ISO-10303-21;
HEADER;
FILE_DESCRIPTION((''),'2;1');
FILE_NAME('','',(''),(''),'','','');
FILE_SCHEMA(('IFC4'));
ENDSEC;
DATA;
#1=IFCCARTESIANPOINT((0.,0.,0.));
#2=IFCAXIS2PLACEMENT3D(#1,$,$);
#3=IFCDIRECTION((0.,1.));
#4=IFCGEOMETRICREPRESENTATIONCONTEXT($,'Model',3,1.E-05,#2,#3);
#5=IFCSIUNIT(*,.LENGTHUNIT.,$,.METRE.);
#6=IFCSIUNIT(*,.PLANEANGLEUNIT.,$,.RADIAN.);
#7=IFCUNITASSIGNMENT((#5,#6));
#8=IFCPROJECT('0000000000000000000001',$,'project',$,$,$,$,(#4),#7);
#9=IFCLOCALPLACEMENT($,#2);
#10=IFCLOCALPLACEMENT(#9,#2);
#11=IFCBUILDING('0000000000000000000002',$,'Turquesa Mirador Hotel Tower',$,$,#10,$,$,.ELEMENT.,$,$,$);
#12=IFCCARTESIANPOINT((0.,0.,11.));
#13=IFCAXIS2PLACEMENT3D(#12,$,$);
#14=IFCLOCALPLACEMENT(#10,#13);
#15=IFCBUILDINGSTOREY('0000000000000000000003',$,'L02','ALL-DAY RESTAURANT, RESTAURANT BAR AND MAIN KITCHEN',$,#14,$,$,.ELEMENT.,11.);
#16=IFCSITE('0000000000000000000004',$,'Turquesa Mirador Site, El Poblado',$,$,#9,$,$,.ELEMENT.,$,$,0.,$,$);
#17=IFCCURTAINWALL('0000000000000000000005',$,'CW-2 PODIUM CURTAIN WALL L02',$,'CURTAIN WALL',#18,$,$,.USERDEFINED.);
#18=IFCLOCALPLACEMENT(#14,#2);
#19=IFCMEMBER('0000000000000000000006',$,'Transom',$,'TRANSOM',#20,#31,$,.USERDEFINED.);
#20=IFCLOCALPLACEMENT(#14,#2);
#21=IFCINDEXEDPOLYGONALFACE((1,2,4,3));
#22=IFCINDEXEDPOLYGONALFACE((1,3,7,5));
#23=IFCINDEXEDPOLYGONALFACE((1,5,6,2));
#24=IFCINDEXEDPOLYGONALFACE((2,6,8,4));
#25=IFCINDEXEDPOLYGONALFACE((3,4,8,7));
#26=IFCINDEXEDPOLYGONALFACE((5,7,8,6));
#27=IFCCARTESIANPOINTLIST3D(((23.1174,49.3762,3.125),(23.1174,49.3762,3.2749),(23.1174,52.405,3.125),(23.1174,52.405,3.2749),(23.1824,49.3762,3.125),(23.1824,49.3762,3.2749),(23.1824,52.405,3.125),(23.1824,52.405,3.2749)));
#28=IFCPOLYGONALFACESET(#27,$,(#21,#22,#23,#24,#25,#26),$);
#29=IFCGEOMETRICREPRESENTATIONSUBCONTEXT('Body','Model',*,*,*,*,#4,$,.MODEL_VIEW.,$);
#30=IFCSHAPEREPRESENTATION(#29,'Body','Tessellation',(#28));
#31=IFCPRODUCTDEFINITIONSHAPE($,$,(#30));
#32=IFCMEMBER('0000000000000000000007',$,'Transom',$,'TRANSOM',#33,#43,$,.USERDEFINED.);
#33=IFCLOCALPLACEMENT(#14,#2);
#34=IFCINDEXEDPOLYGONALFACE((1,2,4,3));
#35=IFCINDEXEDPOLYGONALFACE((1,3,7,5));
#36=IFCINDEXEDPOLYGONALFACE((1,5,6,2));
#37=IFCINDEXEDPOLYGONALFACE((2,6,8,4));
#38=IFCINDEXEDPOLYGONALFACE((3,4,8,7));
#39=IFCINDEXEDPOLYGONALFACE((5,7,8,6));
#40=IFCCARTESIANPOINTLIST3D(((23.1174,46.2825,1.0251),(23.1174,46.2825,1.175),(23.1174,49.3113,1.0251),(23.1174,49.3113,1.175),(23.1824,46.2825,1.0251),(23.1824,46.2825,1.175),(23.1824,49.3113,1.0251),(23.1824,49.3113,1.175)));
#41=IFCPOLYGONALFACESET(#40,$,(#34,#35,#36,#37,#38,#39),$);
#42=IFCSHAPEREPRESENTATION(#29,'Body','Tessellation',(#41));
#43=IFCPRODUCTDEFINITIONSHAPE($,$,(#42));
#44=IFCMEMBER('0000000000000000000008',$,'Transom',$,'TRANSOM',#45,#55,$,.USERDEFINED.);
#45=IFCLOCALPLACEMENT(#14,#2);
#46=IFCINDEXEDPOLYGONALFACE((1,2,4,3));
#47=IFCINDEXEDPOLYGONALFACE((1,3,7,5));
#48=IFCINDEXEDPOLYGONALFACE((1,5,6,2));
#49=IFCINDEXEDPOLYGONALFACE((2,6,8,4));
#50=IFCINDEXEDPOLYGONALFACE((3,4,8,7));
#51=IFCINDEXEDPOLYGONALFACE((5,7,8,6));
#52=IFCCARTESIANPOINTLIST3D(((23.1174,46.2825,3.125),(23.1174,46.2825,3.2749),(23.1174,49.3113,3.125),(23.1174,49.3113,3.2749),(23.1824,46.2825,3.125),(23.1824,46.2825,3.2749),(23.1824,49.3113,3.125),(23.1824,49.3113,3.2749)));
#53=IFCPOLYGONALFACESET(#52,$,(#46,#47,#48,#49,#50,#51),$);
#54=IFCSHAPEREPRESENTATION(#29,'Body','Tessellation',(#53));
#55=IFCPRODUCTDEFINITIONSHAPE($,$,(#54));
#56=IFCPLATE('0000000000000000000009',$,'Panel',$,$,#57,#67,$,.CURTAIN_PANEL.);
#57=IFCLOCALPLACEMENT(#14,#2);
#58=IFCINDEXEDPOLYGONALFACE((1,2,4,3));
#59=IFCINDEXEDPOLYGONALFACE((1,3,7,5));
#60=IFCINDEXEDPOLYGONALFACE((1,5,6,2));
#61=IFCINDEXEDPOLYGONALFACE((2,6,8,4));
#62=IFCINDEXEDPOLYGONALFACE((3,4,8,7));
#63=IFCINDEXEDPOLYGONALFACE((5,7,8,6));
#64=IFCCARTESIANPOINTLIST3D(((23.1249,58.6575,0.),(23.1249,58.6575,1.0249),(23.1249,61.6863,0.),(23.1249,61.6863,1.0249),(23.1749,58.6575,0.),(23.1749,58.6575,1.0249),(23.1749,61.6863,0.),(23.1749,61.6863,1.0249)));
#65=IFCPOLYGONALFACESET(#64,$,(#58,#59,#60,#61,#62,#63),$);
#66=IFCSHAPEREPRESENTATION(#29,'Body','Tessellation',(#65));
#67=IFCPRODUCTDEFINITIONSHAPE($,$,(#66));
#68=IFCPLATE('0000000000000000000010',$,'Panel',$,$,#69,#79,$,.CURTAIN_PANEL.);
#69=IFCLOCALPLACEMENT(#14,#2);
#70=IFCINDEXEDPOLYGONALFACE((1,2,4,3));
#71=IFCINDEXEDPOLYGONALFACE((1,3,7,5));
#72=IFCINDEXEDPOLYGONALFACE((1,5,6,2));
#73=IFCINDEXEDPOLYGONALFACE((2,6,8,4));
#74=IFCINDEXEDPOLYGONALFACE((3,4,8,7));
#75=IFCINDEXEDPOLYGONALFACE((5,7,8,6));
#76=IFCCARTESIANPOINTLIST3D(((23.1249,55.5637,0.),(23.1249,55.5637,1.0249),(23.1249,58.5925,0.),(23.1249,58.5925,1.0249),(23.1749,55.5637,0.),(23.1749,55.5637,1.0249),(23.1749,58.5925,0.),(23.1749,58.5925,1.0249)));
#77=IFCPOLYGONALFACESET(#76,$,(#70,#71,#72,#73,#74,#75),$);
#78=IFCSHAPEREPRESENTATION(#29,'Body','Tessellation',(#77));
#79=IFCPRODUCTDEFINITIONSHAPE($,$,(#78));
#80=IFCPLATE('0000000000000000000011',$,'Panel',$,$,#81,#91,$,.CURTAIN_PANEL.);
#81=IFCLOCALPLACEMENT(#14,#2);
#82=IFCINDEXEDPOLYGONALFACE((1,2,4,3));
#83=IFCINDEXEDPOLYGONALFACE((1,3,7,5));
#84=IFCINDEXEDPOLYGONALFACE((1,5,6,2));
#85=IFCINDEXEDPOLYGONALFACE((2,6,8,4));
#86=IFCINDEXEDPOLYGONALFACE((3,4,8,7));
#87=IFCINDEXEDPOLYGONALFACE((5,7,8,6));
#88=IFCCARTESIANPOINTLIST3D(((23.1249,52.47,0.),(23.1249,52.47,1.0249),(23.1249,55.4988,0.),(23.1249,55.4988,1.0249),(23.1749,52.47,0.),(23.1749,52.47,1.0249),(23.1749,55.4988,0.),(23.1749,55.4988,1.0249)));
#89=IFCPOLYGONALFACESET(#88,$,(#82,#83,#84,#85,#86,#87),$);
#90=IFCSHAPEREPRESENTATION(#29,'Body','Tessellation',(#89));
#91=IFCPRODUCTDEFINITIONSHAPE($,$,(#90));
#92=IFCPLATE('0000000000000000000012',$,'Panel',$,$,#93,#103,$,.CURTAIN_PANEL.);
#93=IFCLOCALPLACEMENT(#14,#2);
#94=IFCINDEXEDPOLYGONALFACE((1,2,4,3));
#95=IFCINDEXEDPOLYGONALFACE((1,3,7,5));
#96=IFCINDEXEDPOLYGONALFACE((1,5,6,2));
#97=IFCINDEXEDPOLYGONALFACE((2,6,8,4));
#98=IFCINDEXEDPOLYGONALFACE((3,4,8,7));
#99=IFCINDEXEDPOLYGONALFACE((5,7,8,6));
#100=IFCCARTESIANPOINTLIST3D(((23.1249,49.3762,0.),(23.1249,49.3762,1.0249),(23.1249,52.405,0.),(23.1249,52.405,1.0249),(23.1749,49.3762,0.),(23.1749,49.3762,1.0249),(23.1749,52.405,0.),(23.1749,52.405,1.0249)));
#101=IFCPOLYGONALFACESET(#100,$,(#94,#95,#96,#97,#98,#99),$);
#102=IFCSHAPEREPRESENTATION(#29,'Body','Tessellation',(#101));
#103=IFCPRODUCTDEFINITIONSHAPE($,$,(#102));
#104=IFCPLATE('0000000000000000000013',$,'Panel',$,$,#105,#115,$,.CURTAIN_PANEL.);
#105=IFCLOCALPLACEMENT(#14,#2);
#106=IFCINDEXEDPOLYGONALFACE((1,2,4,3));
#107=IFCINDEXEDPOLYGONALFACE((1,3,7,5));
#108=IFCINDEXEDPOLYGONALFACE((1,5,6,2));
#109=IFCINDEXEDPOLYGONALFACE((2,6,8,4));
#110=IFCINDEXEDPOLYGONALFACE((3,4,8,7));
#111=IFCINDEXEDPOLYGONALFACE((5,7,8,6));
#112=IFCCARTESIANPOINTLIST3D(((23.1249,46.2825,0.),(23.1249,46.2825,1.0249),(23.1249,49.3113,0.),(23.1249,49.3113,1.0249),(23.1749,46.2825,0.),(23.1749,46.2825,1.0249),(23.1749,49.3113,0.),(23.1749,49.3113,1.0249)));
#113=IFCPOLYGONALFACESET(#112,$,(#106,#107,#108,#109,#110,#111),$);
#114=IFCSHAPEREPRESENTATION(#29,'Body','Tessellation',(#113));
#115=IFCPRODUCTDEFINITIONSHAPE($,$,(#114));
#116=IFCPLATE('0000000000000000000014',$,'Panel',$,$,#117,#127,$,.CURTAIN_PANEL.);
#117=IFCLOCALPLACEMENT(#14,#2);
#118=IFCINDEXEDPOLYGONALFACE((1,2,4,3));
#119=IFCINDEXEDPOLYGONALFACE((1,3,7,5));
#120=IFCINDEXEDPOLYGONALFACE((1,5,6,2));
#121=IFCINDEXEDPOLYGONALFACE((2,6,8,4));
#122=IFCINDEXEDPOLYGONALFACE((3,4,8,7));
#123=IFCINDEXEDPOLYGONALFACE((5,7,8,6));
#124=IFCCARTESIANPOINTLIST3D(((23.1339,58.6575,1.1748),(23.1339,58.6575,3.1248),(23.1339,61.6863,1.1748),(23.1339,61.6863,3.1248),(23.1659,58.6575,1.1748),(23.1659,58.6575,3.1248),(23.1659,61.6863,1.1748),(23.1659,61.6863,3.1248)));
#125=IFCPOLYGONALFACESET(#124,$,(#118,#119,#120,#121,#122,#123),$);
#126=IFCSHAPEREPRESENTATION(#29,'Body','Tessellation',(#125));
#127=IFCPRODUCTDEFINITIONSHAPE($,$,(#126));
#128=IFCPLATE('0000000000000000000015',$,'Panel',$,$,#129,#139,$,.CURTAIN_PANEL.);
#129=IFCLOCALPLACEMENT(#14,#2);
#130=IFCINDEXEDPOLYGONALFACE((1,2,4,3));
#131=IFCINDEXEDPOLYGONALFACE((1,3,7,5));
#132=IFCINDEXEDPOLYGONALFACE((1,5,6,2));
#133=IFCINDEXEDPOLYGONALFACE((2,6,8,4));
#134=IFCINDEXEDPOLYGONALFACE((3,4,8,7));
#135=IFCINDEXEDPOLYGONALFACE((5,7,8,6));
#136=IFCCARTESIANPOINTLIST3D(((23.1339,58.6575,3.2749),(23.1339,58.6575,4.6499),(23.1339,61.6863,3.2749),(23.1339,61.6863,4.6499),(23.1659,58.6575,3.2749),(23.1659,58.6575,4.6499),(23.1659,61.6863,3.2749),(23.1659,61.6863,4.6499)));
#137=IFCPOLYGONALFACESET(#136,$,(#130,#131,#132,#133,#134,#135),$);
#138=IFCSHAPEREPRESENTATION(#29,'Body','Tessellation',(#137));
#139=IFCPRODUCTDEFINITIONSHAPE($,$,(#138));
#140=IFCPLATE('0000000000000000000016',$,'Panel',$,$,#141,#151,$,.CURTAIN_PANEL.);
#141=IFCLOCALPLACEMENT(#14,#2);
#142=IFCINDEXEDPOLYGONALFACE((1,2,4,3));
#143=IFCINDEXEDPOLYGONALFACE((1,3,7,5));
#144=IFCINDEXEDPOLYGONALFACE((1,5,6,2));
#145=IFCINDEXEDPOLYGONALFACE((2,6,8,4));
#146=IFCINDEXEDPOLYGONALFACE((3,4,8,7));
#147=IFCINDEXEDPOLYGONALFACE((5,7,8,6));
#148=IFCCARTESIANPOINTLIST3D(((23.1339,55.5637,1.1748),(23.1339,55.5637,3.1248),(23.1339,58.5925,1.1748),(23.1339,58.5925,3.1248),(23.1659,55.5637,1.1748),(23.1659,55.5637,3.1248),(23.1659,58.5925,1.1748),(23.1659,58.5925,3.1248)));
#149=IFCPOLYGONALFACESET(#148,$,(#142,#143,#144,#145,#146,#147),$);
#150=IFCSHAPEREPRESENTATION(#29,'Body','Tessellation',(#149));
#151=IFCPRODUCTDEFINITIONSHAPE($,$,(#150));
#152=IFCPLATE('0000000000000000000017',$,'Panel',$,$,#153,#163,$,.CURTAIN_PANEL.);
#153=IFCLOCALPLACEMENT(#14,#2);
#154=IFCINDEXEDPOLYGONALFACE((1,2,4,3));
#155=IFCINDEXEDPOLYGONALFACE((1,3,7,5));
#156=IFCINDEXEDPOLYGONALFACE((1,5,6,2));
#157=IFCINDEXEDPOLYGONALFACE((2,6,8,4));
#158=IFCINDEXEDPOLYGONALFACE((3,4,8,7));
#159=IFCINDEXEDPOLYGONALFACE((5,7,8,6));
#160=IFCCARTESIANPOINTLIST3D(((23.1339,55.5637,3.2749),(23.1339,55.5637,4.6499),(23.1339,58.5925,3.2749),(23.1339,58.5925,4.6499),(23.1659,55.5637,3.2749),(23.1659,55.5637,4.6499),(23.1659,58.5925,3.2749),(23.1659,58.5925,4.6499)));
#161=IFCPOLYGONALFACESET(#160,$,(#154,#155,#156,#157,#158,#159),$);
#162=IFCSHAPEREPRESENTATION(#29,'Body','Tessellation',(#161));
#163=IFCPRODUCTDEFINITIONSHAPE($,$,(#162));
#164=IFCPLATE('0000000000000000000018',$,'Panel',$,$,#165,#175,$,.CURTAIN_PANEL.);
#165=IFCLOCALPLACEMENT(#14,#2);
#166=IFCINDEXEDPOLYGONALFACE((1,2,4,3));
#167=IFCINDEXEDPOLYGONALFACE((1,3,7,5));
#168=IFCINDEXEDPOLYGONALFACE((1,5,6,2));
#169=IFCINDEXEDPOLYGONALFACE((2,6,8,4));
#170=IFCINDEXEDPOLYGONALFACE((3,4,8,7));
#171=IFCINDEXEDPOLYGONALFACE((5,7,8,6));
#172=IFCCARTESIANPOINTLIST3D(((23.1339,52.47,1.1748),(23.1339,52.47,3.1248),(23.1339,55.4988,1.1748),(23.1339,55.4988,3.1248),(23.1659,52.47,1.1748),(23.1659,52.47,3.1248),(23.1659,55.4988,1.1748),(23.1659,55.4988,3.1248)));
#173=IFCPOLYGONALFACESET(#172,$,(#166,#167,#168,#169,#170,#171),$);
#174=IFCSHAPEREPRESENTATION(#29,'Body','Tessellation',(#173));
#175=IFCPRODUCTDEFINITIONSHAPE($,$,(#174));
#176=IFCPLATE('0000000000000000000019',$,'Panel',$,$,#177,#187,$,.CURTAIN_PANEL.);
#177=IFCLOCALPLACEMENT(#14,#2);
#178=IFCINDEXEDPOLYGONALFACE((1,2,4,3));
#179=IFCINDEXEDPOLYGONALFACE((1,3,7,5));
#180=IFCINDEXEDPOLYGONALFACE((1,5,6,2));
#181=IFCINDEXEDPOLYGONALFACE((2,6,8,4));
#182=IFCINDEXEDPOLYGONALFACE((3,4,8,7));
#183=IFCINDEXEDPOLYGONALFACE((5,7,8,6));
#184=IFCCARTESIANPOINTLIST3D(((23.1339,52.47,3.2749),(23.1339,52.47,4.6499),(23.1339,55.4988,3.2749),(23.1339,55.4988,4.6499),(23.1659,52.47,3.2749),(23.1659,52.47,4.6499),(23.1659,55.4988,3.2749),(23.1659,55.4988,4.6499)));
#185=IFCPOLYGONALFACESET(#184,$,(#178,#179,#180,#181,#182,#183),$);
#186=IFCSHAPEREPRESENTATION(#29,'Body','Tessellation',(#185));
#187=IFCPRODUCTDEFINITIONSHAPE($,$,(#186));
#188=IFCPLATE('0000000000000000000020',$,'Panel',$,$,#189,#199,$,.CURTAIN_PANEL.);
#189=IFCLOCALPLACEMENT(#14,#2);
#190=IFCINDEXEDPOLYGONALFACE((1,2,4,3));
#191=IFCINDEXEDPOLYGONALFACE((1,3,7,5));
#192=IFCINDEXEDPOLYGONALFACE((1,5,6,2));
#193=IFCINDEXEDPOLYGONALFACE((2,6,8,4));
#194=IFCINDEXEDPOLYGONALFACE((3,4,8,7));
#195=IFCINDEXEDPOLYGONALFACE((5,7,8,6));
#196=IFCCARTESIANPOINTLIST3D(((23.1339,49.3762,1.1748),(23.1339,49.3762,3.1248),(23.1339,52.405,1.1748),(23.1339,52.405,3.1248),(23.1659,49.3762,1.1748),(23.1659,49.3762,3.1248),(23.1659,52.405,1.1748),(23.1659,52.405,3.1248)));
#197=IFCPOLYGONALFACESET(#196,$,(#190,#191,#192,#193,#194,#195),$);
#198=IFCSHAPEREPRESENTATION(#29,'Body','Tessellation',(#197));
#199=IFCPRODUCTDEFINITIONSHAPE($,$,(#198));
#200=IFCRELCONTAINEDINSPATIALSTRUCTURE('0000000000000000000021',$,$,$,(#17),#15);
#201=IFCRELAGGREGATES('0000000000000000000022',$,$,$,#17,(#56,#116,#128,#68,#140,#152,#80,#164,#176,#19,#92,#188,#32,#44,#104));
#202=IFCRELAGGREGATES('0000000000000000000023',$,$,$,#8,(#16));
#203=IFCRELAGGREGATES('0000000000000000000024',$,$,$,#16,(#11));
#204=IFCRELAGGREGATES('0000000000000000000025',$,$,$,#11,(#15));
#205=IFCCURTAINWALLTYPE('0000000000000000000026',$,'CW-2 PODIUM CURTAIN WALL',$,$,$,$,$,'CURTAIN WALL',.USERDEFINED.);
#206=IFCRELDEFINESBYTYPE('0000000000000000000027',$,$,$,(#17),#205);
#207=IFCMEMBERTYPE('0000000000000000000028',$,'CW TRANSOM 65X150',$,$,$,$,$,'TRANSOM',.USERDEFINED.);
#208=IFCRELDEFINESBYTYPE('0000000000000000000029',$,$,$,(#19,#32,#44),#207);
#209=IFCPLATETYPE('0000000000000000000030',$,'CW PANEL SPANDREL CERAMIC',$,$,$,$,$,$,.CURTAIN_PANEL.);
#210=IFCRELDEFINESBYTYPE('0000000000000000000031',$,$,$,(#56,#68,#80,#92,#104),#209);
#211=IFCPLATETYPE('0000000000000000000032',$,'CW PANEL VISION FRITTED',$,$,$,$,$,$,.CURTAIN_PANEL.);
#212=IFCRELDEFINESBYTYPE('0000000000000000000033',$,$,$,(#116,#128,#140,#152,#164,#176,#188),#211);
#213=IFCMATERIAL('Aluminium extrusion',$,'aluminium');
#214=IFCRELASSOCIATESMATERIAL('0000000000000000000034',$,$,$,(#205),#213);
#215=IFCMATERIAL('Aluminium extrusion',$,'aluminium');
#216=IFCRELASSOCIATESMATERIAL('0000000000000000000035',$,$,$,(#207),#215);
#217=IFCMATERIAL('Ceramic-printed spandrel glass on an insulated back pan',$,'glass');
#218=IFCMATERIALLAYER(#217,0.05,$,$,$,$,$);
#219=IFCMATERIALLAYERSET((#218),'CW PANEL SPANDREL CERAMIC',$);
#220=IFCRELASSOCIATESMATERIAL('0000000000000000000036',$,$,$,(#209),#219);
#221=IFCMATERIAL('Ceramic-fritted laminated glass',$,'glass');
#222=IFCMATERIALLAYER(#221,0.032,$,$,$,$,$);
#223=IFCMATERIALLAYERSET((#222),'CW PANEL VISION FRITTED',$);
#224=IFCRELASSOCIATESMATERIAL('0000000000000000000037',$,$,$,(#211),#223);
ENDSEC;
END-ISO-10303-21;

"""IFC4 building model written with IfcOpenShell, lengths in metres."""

from ifc_helpers import new_model, si_unit, direction, frame, origin, origin_2d, place, context, subcontext, project, spatial, rectangle, extrude, material, layer, layer_set, material_profile, profile_set, type_object, element, aggregate, save


model = new_model("IFC4")

# Units and contexts
model_context = context("Model", 3, precision=1e-05, world=origin(), true_north=direction((0.0, 1.0)))
body_context = subcontext(model_context, "Body", "Model", "MODEL_VIEW")
ifc_project = project(units=[si_unit("LENGTHUNIT", "METRE"), si_unit("PLANEANGLEUNIT", "RADIAN")], contexts=[model_context])

# Site, building, storey
site_placement = place(None, origin())
site = spatial("IfcSite", under=ifc_project, at=site_placement, Name="Turquesa Mirador Site, El Poblado", CompositionType="ELEMENT", RefElevation=0.0)
building_placement = place(site_placement, origin())
building = spatial("IfcBuilding", under=site, at=building_placement, Name="Turquesa Mirador Hotel Tower", CompositionType="ELEMENT")
storey_placement = place(building_placement, frame((0.0, 0.0, 11.0)))
storey = spatial("IfcBuildingStorey", under=building, at=storey_placement, Name="L02", Description="ALL-DAY RESTAURANT, RESTAURANT BAR AND MAIN KITCHEN", CompositionType="ELEMENT", Elevation=11.0)

# Curtain wall, members, plates
ifc_material_1 = material(Name="Aluminium extrusion", Category="aluminium")
curtain_wall_type = type_object("IfcCurtainWallType", Name="CW-2 PODIUM CURTAIN WALL", ElementType="CURTAIN WALL", PredefinedType="USERDEFINED", material=ifc_material_1)
curtain_wall_placement = place(storey_placement, origin())
curtain_wall = element("IfcCurtainWall", 1, at=curtain_wall_placement, inside=storey, type_object=curtain_wall_type, Name="CW-2 PODIUM CURTAIN WALL L02", ObjectType="CURTAIN WALL", PredefinedType="USERDEFINED")
ifc_material_2 = material(Name="Aluminium extrusion", Category="aluminium")
ifc_material_profile_1 = material_profile(ifc_material_2, rectangle(XDim=0.0649, YDim=0.1499, at=origin_2d()), Name="TRANSOM 65X150")
ifc_profile_set_1 = profile_set([ifc_material_profile_1], Name="Aluminium extrusion")
member_type_1 = type_object("IfcMemberType", Name="CW TRANSOM 65X150", ElementType="TRANSOM", PredefinedType="USERDEFINED", material=ifc_profile_set_1)
member_1_placement = place(storey_placement, frame((23.1499, 52.405, 3.2), z_axis=(0.0, -1.0, 0.0), x_axis=(1.0, 0.0, 0.0)))
member_1 = element("IfcMember", 2, at=member_1_placement, type_object=member_type_1, Name="Transom", ObjectType="TRANSOM", PredefinedType="USERDEFINED", context=body_context, shape_type="SweptSolid", body=[
    extrude(rectangle(XDim=0.0649, YDim=0.1499, at=origin_2d()), origin(), (0.0, 0.0, 1.0), 3.0288),
])
member_2_placement = place(storey_placement, frame((23.1499, 49.3113, 1.1001), z_axis=(0.0, -1.0, 0.0), x_axis=(1.0, 0.0, 0.0)))
member_2 = element("IfcMember", 3, at=member_2_placement, type_object=member_type_1, Name="Transom", ObjectType="TRANSOM", PredefinedType="USERDEFINED", context=body_context, shape_type="SweptSolid", body=[
    extrude(rectangle(XDim=0.0649, YDim=0.1499, at=origin_2d()), origin(), (0.0, 0.0, 1.0), 3.0288),
])
member_3_placement = place(storey_placement, frame((23.1499, 49.3113, 3.2), z_axis=(0.0, -1.0, 0.0), x_axis=(1.0, 0.0, 0.0)))
member_3 = element("IfcMember", 4, at=member_3_placement, type_object=member_type_1, Name="Transom", ObjectType="TRANSOM", PredefinedType="USERDEFINED", context=body_context, shape_type="SweptSolid", body=[
    extrude(rectangle(XDim=0.0649, YDim=0.1499, at=origin_2d()), origin(), (0.0, 0.0, 1.0), 3.0288),
])
ifc_material_3 = material(Name="Ceramic-printed spandrel glass on an insulated back pan", Category="glass")
ifc_layer_1 = layer(ifc_material_3, 0.05)
ifc_layer_set_1 = layer_set([ifc_layer_1], Name="CW PANEL SPANDREL CERAMIC")
plate_type_1 = type_object("IfcPlateType", Name="CW PANEL SPANDREL CERAMIC", PredefinedType="CURTAIN_PANEL", material=ifc_layer_set_1)
plate_1_placement = place(storey_placement, frame((23.1499, 60.1719, 0.0), z_axis=(0.0, 0.0, 1.0), x_axis=(0.0, -1.0, 0.0)))
plate_1 = element("IfcPlate", 5, at=plate_1_placement, type_object=plate_type_1, Name="Panel", PredefinedType="CURTAIN_PANEL", context=body_context, shape_type="SweptSolid", body=[
    extrude(rectangle(XDim=3.0288, YDim=0.05, at=origin_2d()), origin(), (0.0, 0.0, 1.0), 1.0249),
])
plate_2_placement = place(storey_placement, frame((23.1499, 57.0781, 0.0), z_axis=(0.0, 0.0, 1.0), x_axis=(0.0, -1.0, 0.0)))
plate_2 = element("IfcPlate", 6, at=plate_2_placement, type_object=plate_type_1, Name="Panel", PredefinedType="CURTAIN_PANEL", context=body_context, shape_type="SweptSolid", body=[
    extrude(rectangle(XDim=3.0288, YDim=0.05, at=origin_2d()), origin(), (0.0, 0.0, 1.0), 1.0249),
])
plate_3_placement = place(storey_placement, frame((23.1499, 53.9844, 0.0), z_axis=(0.0, 0.0, 1.0), x_axis=(0.0, -1.0, 0.0)))
plate_3 = element("IfcPlate", 7, at=plate_3_placement, type_object=plate_type_1, Name="Panel", PredefinedType="CURTAIN_PANEL", context=body_context, shape_type="SweptSolid", body=[
    extrude(rectangle(XDim=3.0288, YDim=0.05, at=origin_2d()), origin(), (0.0, 0.0, 1.0), 1.0249),
])
plate_4_placement = place(storey_placement, frame((23.1499, 50.8906, 0.0), z_axis=(0.0, 0.0, 1.0), x_axis=(0.0, -1.0, 0.0)))
plate_4 = element("IfcPlate", 8, at=plate_4_placement, type_object=plate_type_1, Name="Panel", PredefinedType="CURTAIN_PANEL", context=body_context, shape_type="SweptSolid", body=[
    extrude(rectangle(XDim=3.0288, YDim=0.05, at=origin_2d()), origin(), (0.0, 0.0, 1.0), 1.0249),
])
plate_5_placement = place(storey_placement, frame((23.1499, 47.7969, 0.0), z_axis=(0.0, 0.0, 1.0), x_axis=(0.0, -1.0, 0.0)))
plate_5 = element("IfcPlate", 9, at=plate_5_placement, type_object=plate_type_1, Name="Panel", PredefinedType="CURTAIN_PANEL", context=body_context, shape_type="SweptSolid", body=[
    extrude(rectangle(XDim=3.0288, YDim=0.05, at=origin_2d()), origin(), (0.0, 0.0, 1.0), 1.0249),
])
ifc_material_4 = material(Name="Ceramic-fritted laminated glass", Category="glass")
ifc_layer_2 = layer(ifc_material_4, 0.032)
ifc_layer_set_2 = layer_set([ifc_layer_2], Name="CW PANEL VISION FRITTED")
plate_type_2 = type_object("IfcPlateType", Name="CW PANEL VISION FRITTED", PredefinedType="CURTAIN_PANEL", material=ifc_layer_set_2)
plate_6_placement = place(storey_placement, frame((23.1499, 60.1719, 1.1748), z_axis=(0.0, 0.0, 1.0), x_axis=(0.0, -1.0, 0.0)))
plate_6 = element("IfcPlate", 10, at=plate_6_placement, type_object=plate_type_2, Name="Panel", PredefinedType="CURTAIN_PANEL", context=body_context, shape_type="SweptSolid", body=[
    extrude(rectangle(XDim=3.0288, YDim=0.032, at=origin_2d()), origin(), (0.0, 0.0, 1.0), 1.95),
])
plate_7_placement = place(storey_placement, frame((23.1499, 60.1719, 3.2749), z_axis=(0.0, 0.0, 1.0), x_axis=(0.0, -1.0, 0.0)))
plate_7 = element("IfcPlate", 11, at=plate_7_placement, type_object=plate_type_2, Name="Panel", PredefinedType="CURTAIN_PANEL", context=body_context, shape_type="SweptSolid", body=[
    extrude(rectangle(XDim=3.0288, YDim=0.032, at=origin_2d()), origin(), (0.0, 0.0, 1.0), 1.375),
])
plate_8_placement = place(storey_placement, frame((23.1499, 57.0781, 1.1748), z_axis=(0.0, 0.0, 1.0), x_axis=(0.0, -1.0, 0.0)))
plate_8 = element("IfcPlate", 12, at=plate_8_placement, type_object=plate_type_2, Name="Panel", PredefinedType="CURTAIN_PANEL", context=body_context, shape_type="SweptSolid", body=[
    extrude(rectangle(XDim=3.0288, YDim=0.032, at=origin_2d()), origin(), (0.0, 0.0, 1.0), 1.95),
])
plate_9_placement = place(storey_placement, frame((23.1499, 57.0781, 3.2749), z_axis=(0.0, 0.0, 1.0), x_axis=(0.0, -1.0, 0.0)))
plate_9 = element("IfcPlate", 13, at=plate_9_placement, type_object=plate_type_2, Name="Panel", PredefinedType="CURTAIN_PANEL", context=body_context, shape_type="SweptSolid", body=[
    extrude(rectangle(XDim=3.0288, YDim=0.032, at=origin_2d()), origin(), (0.0, 0.0, 1.0), 1.375),
])
plate_10_placement = place(storey_placement, frame((23.1499, 53.9844, 1.1748), z_axis=(0.0, 0.0, 1.0), x_axis=(0.0, -1.0, 0.0)))
plate_10 = element("IfcPlate", 14, at=plate_10_placement, type_object=plate_type_2, Name="Panel", PredefinedType="CURTAIN_PANEL", context=body_context, shape_type="SweptSolid", body=[
    extrude(rectangle(XDim=3.0288, YDim=0.032, at=origin_2d()), origin(), (0.0, 0.0, 1.0), 1.95),
])
plate_11_placement = place(storey_placement, frame((23.1499, 53.9844, 3.2749), z_axis=(0.0, 0.0, 1.0), x_axis=(0.0, -1.0, 0.0)))
plate_11 = element("IfcPlate", 15, at=plate_11_placement, type_object=plate_type_2, Name="Panel", PredefinedType="CURTAIN_PANEL", context=body_context, shape_type="SweptSolid", body=[
    extrude(rectangle(XDim=3.0288, YDim=0.032, at=origin_2d()), origin(), (0.0, 0.0, 1.0), 1.375),
])
plate_12_placement = place(storey_placement, frame((23.1499, 50.8906, 1.1748), z_axis=(0.0, 0.0, 1.0), x_axis=(0.0, -1.0, 0.0)))
plate_12 = element("IfcPlate", 16, at=plate_12_placement, type_object=plate_type_2, Name="Panel", PredefinedType="CURTAIN_PANEL", context=body_context, shape_type="SweptSolid", body=[
    extrude(rectangle(XDim=3.0288, YDim=0.032, at=origin_2d()), origin(), (0.0, 0.0, 1.0), 1.95),
])
aggregate(curtain_wall, [plate_1, plate_6, plate_7, plate_2, plate_8, plate_9, plate_3, plate_10, plate_11, member_1, plate_4, plate_12, member_2, member_3, plate_5])

save(model, "model.ifc")
